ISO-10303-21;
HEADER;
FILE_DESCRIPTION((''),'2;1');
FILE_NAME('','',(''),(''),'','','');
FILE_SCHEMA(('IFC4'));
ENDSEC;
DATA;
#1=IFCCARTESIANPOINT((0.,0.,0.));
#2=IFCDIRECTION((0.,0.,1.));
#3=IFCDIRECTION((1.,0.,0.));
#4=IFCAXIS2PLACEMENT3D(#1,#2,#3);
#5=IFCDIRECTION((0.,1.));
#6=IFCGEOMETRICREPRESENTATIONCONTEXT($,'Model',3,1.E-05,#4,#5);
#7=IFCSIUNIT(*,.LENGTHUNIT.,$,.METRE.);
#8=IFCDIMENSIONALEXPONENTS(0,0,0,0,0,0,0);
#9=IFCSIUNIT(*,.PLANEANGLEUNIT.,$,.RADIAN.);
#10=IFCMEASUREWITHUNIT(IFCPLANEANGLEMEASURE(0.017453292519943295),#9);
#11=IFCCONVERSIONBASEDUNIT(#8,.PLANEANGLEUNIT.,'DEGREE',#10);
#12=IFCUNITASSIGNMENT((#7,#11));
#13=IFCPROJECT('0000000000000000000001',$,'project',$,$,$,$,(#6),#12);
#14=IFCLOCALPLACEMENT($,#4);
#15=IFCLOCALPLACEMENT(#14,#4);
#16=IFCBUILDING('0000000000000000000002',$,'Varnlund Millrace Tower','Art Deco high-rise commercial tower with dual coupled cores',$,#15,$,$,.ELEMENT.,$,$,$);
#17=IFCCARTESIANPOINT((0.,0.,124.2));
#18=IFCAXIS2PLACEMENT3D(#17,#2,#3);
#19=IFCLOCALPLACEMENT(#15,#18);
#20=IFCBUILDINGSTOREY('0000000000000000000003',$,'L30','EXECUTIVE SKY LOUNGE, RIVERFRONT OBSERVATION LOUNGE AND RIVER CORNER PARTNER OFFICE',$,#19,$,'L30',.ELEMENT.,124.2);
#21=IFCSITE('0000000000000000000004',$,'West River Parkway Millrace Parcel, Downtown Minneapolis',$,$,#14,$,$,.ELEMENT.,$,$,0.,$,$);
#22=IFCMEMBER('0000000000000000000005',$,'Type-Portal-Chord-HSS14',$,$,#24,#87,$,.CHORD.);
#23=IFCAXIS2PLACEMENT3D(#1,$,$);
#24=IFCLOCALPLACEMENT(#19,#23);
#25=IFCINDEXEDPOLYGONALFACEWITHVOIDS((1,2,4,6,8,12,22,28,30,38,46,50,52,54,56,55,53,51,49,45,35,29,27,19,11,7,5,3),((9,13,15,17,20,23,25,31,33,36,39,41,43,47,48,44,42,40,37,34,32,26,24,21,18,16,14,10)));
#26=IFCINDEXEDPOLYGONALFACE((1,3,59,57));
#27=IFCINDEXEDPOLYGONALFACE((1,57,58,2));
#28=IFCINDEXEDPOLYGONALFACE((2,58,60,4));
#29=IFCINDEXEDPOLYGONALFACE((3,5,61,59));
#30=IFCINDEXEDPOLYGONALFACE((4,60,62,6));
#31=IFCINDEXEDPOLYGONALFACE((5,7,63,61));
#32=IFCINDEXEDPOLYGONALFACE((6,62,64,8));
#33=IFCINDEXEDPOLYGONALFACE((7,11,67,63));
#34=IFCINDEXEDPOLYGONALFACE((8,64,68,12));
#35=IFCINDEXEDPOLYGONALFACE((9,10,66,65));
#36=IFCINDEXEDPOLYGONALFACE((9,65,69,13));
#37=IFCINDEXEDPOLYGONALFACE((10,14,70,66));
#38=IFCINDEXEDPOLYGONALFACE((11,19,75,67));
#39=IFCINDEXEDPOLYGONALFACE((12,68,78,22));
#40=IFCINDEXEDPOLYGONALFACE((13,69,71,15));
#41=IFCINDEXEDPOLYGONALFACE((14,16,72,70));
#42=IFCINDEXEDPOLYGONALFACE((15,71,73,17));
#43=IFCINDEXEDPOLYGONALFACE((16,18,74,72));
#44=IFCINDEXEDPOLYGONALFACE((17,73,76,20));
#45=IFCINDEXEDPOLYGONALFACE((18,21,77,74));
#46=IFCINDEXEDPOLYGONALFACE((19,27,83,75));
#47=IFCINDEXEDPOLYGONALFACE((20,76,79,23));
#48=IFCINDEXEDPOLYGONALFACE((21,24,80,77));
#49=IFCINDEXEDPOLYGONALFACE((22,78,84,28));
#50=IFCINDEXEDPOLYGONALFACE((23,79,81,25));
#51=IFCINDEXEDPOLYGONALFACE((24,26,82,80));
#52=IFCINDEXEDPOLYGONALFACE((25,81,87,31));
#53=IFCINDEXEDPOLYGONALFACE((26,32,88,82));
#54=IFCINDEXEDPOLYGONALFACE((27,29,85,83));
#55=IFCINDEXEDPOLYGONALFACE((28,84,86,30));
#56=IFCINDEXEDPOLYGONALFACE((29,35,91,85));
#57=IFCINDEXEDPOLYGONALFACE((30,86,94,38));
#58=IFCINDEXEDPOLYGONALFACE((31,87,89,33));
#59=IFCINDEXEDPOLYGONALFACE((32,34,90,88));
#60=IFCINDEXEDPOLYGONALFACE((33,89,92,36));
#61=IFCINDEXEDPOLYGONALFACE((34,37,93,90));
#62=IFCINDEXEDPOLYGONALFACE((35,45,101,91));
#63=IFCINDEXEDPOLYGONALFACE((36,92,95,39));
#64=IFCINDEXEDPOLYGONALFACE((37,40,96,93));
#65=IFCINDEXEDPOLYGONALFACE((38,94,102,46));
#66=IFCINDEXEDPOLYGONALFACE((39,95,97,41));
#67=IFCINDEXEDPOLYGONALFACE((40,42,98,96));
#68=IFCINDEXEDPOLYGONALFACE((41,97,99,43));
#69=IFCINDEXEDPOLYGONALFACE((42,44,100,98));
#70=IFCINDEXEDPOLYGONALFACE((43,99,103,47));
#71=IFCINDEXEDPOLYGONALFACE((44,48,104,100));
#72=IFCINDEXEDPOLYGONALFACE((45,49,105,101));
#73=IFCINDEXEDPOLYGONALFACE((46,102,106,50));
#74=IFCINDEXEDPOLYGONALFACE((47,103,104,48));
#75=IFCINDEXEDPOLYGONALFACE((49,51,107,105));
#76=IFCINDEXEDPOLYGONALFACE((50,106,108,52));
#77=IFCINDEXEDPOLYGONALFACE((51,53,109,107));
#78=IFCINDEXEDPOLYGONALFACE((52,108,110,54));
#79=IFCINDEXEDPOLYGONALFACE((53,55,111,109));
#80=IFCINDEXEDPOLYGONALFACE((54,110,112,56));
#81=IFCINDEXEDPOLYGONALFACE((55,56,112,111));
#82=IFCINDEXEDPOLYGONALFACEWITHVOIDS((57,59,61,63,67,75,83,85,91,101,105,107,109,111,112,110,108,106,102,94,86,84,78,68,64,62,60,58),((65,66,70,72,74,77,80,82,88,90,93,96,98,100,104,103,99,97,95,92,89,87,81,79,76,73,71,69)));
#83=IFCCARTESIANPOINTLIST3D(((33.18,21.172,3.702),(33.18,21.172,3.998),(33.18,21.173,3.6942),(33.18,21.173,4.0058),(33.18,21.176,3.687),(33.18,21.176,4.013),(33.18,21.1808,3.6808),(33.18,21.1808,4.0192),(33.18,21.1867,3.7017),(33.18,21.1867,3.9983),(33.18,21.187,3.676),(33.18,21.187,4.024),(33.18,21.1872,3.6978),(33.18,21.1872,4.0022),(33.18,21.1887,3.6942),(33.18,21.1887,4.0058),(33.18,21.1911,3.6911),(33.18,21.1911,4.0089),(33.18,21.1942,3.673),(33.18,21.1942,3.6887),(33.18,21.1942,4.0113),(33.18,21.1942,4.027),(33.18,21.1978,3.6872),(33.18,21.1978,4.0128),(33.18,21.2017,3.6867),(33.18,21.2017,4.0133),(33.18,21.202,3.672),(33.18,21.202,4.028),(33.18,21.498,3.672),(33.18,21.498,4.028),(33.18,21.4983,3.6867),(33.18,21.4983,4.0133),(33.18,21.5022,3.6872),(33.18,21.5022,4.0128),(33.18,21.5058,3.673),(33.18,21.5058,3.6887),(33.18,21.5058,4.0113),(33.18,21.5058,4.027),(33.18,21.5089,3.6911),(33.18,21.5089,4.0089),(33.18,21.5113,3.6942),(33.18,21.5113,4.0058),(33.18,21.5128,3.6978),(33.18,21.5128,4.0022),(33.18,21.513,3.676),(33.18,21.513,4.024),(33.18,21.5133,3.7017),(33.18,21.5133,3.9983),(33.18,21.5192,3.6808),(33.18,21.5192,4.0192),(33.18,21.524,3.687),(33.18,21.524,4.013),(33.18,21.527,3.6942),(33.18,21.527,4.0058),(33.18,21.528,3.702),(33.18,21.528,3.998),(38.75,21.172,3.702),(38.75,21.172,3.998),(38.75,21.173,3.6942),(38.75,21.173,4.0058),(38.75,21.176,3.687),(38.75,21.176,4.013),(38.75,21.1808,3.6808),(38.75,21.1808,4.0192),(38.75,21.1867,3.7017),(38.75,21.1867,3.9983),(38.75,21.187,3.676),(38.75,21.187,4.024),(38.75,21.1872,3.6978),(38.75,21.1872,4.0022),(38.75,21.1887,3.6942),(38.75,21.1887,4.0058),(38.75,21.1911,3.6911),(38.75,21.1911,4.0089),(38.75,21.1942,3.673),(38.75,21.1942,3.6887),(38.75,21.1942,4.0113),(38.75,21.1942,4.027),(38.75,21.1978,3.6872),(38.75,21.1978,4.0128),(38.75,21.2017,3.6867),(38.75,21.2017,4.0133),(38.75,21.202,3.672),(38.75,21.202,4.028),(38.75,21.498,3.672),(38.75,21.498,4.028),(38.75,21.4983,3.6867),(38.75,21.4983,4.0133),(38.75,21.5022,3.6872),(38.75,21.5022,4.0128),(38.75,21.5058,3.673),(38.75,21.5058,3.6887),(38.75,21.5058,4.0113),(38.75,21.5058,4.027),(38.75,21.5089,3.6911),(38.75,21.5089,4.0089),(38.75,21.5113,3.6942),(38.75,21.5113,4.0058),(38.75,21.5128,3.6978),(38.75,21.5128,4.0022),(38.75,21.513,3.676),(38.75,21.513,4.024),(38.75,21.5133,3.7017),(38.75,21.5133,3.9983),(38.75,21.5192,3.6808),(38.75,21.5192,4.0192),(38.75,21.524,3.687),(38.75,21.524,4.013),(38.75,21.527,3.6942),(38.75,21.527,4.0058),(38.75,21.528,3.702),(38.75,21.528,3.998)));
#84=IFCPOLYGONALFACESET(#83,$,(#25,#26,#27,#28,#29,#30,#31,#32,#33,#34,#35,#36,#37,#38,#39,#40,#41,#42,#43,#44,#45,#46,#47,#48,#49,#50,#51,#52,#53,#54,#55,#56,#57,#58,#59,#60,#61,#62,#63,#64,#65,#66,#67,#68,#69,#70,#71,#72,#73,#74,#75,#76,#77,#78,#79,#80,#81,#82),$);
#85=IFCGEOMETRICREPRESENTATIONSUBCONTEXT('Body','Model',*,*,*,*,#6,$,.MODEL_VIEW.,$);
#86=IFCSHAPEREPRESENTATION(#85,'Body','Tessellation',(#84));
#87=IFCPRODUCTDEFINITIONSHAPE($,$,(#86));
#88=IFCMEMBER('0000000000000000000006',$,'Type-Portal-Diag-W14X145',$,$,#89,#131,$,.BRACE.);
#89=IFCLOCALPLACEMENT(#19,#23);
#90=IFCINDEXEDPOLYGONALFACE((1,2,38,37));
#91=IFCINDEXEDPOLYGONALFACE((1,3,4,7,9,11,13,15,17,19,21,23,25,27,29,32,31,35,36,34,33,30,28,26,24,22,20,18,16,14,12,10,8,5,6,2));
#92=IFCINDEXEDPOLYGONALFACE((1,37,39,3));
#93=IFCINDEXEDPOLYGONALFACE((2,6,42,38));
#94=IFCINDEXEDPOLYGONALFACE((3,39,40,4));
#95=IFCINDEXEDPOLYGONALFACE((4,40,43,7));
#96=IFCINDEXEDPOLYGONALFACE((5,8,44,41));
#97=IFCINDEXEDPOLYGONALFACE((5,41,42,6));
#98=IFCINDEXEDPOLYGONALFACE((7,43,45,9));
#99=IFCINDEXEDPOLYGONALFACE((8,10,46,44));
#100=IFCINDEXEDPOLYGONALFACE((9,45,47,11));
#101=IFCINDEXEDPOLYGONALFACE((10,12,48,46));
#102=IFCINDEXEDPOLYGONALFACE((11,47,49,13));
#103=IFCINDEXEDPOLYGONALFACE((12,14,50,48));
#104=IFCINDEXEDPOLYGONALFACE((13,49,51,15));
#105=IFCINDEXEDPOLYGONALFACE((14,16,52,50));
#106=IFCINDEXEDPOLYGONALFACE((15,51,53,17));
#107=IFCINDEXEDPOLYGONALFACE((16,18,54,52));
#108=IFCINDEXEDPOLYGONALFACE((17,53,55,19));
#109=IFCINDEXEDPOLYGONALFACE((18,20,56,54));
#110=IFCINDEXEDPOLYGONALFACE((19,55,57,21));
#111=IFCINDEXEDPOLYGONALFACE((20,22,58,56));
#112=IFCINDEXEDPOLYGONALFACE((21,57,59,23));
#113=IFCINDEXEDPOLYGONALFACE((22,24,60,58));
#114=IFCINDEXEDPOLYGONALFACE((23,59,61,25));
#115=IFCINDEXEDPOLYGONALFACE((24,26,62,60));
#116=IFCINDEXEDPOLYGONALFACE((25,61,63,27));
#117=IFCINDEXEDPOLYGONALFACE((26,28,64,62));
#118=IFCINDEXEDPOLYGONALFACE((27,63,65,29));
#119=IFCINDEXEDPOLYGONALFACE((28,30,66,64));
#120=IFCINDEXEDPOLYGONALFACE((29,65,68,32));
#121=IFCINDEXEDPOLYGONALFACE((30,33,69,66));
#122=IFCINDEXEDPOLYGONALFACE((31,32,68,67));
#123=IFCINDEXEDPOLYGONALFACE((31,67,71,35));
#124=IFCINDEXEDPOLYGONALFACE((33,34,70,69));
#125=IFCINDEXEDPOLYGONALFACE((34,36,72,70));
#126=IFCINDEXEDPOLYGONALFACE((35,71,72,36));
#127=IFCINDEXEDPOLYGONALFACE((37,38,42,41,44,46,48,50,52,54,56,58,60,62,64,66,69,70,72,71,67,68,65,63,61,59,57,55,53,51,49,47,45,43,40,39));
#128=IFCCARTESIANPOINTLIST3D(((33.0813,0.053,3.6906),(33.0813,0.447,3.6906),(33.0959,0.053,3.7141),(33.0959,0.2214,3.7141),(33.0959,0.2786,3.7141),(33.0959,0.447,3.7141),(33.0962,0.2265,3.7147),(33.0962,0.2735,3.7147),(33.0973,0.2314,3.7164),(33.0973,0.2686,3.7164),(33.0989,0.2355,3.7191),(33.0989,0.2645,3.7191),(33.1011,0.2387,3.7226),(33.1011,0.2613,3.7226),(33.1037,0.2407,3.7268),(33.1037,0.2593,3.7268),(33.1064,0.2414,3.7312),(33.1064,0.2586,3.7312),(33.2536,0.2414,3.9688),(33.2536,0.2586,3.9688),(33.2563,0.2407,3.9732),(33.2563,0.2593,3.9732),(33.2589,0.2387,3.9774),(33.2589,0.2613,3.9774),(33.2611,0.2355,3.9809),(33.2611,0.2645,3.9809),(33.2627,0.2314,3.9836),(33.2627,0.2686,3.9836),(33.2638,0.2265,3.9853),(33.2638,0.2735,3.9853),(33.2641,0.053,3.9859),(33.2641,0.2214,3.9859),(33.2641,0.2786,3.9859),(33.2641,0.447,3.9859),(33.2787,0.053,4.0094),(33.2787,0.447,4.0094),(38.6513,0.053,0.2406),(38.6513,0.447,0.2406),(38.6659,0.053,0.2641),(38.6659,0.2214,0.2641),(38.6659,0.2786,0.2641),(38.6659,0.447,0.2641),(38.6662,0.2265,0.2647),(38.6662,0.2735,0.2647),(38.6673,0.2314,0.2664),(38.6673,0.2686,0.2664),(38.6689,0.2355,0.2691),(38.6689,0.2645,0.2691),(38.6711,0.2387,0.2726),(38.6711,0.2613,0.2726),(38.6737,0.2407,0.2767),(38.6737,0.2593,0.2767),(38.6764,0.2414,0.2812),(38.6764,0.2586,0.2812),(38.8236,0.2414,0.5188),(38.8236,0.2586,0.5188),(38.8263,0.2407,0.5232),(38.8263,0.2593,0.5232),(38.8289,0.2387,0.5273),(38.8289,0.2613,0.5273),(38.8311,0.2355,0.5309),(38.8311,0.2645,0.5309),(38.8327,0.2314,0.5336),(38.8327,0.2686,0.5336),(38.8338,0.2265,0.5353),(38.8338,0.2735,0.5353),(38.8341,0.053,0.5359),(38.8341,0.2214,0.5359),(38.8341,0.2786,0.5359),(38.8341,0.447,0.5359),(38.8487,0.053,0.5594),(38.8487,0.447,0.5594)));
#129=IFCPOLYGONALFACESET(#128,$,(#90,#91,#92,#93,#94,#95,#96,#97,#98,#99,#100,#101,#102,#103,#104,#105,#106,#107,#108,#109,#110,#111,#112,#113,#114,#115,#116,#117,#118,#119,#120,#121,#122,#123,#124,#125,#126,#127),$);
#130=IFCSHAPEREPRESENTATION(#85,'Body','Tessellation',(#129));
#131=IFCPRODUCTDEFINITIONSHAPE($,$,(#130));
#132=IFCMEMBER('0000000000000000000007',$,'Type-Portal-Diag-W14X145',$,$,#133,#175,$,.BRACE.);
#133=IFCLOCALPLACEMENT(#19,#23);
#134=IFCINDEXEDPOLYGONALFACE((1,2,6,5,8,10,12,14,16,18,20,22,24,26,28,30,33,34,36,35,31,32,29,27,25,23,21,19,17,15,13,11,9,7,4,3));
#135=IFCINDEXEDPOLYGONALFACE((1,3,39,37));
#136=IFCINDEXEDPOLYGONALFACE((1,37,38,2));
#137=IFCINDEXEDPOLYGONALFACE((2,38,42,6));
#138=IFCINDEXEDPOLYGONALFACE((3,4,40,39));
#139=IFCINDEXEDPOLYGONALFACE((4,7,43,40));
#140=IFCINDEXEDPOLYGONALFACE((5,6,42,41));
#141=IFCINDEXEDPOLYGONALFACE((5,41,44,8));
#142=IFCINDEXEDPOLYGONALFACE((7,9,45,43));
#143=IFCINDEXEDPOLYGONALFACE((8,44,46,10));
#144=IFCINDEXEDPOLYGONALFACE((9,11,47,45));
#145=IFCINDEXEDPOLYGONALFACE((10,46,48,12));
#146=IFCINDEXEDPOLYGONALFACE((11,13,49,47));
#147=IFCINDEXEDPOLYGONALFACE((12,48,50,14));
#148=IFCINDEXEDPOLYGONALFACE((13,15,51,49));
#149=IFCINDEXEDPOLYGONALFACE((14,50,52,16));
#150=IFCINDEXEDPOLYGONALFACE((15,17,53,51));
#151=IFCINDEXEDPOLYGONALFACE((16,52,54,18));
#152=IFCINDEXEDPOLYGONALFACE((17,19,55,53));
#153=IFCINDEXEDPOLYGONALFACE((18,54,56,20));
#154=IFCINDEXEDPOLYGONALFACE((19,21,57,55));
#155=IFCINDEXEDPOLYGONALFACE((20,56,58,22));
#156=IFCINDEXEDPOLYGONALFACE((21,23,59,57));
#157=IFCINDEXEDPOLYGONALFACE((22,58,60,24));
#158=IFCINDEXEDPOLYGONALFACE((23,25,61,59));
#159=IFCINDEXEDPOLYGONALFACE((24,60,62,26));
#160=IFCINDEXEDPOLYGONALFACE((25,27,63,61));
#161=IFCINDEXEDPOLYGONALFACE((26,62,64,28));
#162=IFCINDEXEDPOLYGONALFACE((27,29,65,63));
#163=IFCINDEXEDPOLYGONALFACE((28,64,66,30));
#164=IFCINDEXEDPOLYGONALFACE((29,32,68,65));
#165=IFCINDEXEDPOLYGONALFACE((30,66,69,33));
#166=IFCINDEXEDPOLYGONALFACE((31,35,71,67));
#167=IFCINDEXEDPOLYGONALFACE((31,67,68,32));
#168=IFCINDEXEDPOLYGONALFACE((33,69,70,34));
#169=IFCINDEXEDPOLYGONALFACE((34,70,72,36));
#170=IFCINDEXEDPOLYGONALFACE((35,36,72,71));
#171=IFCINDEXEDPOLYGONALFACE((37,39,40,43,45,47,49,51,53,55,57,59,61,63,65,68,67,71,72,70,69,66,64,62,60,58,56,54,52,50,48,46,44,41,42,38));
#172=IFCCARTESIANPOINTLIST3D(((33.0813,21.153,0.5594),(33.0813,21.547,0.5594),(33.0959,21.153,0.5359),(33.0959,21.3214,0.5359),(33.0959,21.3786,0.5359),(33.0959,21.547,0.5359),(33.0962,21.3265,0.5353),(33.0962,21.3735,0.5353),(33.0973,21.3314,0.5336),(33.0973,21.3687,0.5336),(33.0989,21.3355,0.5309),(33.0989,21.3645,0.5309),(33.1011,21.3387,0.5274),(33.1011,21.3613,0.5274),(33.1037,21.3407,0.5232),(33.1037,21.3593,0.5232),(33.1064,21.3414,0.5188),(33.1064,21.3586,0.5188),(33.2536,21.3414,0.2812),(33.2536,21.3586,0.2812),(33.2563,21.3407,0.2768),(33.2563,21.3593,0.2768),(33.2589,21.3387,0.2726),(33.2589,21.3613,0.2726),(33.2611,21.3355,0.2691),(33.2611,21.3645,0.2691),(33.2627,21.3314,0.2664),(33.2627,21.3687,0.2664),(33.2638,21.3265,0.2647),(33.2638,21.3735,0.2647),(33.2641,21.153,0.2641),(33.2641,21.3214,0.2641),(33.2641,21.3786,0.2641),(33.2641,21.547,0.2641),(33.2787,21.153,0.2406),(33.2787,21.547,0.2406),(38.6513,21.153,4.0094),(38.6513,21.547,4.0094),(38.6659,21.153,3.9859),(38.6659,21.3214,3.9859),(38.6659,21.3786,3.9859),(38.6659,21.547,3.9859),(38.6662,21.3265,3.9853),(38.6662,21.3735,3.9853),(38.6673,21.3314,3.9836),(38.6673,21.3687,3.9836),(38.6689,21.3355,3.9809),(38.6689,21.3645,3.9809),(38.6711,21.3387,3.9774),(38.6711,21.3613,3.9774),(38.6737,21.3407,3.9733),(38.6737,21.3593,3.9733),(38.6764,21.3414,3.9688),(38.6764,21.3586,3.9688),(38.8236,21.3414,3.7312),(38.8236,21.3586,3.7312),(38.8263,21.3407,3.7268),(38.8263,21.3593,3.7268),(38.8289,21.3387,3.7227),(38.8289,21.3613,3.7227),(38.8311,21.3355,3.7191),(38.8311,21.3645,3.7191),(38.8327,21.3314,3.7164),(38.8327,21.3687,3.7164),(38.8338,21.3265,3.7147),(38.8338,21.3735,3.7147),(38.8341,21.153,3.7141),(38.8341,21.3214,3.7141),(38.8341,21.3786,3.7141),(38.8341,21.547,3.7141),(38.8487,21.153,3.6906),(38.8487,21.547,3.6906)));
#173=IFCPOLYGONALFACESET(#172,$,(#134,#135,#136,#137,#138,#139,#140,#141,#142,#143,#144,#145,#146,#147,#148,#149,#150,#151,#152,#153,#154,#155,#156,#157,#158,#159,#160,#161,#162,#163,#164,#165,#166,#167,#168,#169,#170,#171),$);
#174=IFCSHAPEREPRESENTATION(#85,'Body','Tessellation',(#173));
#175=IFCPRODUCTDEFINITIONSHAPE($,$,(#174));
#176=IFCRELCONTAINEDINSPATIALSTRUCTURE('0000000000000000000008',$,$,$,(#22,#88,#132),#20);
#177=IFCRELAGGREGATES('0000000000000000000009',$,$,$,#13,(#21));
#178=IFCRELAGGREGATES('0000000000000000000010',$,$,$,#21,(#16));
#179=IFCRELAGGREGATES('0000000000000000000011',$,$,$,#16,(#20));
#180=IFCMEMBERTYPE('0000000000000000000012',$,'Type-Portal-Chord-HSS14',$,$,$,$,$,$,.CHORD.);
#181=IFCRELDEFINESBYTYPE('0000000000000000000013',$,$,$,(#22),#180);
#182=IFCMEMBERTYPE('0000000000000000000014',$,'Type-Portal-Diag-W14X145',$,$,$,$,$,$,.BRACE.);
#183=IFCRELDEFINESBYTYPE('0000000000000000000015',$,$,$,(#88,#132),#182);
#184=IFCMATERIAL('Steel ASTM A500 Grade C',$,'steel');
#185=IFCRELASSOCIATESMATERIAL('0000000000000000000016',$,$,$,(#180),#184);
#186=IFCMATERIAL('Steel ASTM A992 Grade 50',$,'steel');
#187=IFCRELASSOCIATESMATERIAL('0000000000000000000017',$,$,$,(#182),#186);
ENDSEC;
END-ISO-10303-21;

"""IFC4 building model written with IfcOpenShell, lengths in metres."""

from ifc_helpers import new_model, entity, si_unit, converted_unit, direction, frame, origin_with_axes, origin_2d_with_axis, place, context, subcontext, project, spatial, hollow_rectangle, i_section, extrude, material, material_profile, profile_set, type_object, element, save


model = new_model("IFC4")

# Units and contexts
model_context = context("Model", 3, precision=1e-05, world=origin_with_axes(), true_north=direction((0.0, 1.0)))
body_context = subcontext(model_context, "Body", "Model", "MODEL_VIEW")
ifc_project = project(units=[si_unit("LENGTHUNIT", "METRE"), converted_unit("PLANEANGLEUNIT", "DEGREE", entity("IfcPlaneAngleMeasure", 0.017453292519943295), si_unit("PLANEANGLEUNIT", "RADIAN"), dimensions=[0, 0, 0, 0, 0, 0, 0])], contexts=[model_context])

# Site, building, storey
site_placement = place(None, origin_with_axes())
site = spatial("IfcSite", under=ifc_project, at=site_placement, Name="West River Parkway Millrace Parcel, Downtown Minneapolis", CompositionType="ELEMENT", RefElevation=0.0)
building_placement = place(site_placement, origin_with_axes())
building = spatial("IfcBuilding", under=site, at=building_placement, Name="Varnlund Millrace Tower", Description="Art Deco high-rise commercial tower with dual coupled cores", CompositionType="ELEMENT")
storey_placement = place(building_placement, frame((0.0, 0.0, 124.2), z_axis=(0.0, 0.0, 1.0), x_axis=(1.0, 0.0, 0.0)))
storey = spatial("IfcBuildingStorey", under=building, at=storey_placement, Name="L30", Description="EXECUTIVE SKY LOUNGE, RIVERFRONT OBSERVATION LOUNGE AND RIVER CORNER PARTNER OFFICE", LongName="L30", CompositionType="ELEMENT", Elevation=124.2)

# Shared definitions
ifc_material_1 = material(Name="Steel ASTM A992 Grade 50", Category="steel")

# Members
ifc_material_2 = material(Name="Steel ASTM A500 Grade C", Category="steel")
ifc_material_profile_1 = material_profile(ifc_material_2, hollow_rectangle(XDim=0.356, YDim=0.356, WallThickness=0.0147, InnerFilletRadius=0.015, OuterFilletRadius=0.03, at=origin_2d_with_axis()), Name="Steel ASTM A500 Grade C")
ifc_profile_set_1 = profile_set([ifc_material_profile_1], Name="Steel ASTM A500 Grade C")
member_type_1 = type_object("IfcMemberType", Name="Type-Portal-Chord-HSS14", PredefinedType="CHORD", material=ifc_profile_set_1)
for number, where, z_axis, x_axis, name in (
    (1, (33.18, 21.35, 3.85), (1.0, 0.0, 0.0), (0.0, 1.0, 0.0), "Type-Portal-Chord-HSS14"),
):
    element("IfcMember", number, at=place(storey_placement, frame(where, z_axis=z_axis, x_axis=x_axis)), inside=storey, type_object=member_type_1, Name=name, PredefinedType="CHORD", context=body_context, shape_type="SweptSolid", body=[
        extrude(hollow_rectangle(XDim=0.356, YDim=0.356, WallThickness=0.0147, InnerFilletRadius=0.015, OuterFilletRadius=0.03, at=origin_2d_with_axis()), origin_with_axes(), (0.0, 0.0, 1.0), 5.57),
    ])
ifc_material_profile_2 = material_profile(ifc_material_1, i_section(OverallWidth=0.394, OverallDepth=0.375, WebThickness=0.0173, FlangeThickness=0.0277, FilletRadius=0.02, at=origin_2d_with_axis()), Name="Steel ASTM A992 Grade 50")
ifc_profile_set_2 = profile_set([ifc_material_profile_2], Name="Steel ASTM A992 Grade 50")
member_type_2 = type_object("IfcMemberType", Name="Type-Portal-Diag-W14X145", PredefinedType="BRACE", material=ifc_profile_set_2)
for number, where, z_axis, x_axis, name in (
    (2, (33.18, 0.25, 3.85), (0.850135, 0.0, -0.526565), (0.0, 1.0, 0.0), "Type-Portal-Diag-W14X145"),
    (3, (33.18, 21.35, 0.4), (0.850135, 0.0, 0.526565), (0.0, 1.0, 0.0), "Type-Portal-Diag-W14X145"),
):
    element("IfcMember", number, at=place(storey_placement, frame(where, z_axis=z_axis, x_axis=x_axis)), inside=storey, type_object=member_type_2, Name=name, PredefinedType="BRACE", context=body_context, shape_type="SweptSolid", body=[
        extrude(i_section(OverallWidth=0.394, OverallDepth=0.375, WebThickness=0.0173, FlangeThickness=0.0277, FilletRadius=0.02, at=origin_2d_with_axis()), origin_with_axes(), (0.0, 0.0, 1.0), 6.5519),
    ])

save(model, "model.ifc")
